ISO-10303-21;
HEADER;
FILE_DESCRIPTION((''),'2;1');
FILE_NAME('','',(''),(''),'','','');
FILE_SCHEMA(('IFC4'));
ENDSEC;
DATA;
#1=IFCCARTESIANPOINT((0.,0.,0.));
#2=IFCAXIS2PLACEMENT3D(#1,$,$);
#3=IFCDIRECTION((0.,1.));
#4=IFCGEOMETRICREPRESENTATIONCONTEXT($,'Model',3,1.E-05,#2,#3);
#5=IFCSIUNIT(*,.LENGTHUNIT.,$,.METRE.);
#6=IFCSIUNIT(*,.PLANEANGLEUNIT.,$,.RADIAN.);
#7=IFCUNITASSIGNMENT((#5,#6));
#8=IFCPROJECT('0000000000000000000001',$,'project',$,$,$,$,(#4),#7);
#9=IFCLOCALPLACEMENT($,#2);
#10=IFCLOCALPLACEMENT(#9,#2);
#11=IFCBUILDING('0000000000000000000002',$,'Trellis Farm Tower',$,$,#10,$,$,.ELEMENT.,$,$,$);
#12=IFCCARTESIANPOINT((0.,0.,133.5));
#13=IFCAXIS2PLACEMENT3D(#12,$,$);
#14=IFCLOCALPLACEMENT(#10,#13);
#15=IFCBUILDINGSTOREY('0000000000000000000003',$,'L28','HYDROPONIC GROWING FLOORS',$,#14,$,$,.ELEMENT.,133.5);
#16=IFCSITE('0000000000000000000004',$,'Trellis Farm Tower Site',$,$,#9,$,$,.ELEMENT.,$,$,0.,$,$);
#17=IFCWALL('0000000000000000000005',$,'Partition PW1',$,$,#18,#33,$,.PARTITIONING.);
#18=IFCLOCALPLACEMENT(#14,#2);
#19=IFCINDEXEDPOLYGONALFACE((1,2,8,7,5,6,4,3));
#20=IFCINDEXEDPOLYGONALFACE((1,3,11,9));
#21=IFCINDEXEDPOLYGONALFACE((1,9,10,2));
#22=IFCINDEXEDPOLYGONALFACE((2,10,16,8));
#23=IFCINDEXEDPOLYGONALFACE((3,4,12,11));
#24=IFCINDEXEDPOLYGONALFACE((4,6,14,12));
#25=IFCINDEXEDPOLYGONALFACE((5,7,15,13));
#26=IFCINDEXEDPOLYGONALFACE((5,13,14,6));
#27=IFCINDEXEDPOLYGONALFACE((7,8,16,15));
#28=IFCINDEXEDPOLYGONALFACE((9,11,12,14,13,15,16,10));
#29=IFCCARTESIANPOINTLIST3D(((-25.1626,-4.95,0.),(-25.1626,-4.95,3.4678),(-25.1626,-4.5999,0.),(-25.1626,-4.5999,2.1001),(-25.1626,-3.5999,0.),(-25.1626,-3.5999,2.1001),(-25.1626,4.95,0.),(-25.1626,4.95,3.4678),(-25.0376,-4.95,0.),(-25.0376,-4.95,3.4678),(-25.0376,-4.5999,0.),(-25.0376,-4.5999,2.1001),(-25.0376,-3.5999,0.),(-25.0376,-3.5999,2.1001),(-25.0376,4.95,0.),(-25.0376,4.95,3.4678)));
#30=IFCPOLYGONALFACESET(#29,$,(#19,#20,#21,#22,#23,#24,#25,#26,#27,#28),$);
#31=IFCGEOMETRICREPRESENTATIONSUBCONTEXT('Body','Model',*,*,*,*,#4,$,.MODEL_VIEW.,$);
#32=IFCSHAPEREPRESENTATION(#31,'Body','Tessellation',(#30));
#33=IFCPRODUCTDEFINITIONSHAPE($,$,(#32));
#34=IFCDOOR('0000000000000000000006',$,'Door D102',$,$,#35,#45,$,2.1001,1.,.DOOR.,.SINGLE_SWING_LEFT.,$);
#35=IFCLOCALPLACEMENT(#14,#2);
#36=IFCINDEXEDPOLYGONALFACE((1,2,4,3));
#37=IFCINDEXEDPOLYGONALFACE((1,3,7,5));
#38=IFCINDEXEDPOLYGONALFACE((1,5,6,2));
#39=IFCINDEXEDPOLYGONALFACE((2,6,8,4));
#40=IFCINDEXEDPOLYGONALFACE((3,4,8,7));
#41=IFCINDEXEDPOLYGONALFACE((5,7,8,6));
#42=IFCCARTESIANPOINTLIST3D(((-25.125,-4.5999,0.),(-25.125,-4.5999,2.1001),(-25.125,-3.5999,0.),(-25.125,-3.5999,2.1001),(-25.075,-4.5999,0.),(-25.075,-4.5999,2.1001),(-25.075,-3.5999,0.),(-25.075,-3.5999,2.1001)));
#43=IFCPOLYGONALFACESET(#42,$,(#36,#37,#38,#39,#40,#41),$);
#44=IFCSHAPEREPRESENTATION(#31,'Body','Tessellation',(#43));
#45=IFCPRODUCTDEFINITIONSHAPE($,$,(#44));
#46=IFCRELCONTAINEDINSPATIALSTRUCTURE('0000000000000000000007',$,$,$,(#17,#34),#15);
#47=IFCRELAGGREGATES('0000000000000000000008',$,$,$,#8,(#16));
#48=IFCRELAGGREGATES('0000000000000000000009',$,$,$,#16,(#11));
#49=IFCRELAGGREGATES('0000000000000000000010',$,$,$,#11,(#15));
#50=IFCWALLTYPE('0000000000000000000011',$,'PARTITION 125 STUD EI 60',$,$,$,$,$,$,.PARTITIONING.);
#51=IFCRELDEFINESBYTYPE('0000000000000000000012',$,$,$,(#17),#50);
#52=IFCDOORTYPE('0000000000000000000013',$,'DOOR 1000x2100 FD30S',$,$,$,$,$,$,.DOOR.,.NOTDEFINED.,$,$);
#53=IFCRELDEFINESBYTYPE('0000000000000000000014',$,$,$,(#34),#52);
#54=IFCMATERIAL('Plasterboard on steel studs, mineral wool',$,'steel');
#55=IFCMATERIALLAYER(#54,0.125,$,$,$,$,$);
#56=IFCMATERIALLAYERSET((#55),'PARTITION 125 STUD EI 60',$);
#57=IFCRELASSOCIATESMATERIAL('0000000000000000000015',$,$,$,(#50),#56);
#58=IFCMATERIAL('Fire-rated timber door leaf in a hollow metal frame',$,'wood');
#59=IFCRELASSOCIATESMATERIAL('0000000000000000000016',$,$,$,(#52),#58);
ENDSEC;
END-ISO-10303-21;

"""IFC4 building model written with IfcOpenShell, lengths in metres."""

from ifc_helpers import new_model, si_unit, direction, frame, frame_2d, origin, place, context, subcontext, project, spatial, rectangle, extrude, source, transform, mapped, material, layer, layer_set, type_object, element, fill, save


model = new_model("IFC4")

# Units and contexts
model_context = context("Model", 3, precision=1e-05, world=origin(), true_north=direction((0.0, 1.0)))
body_context = subcontext(model_context, "Body", "Model", "MODEL_VIEW")
ifc_project = project(units=[si_unit("LENGTHUNIT", "METRE"), si_unit("PLANEANGLEUNIT", "RADIAN")], contexts=[model_context])

# Site, building, storey
site_placement = place(None, origin())
site = spatial("IfcSite", under=ifc_project, at=site_placement, Name="Trellis Farm Tower Site", CompositionType="ELEMENT", RefElevation=0.0)
building_placement = place(site_placement, origin())
building = spatial("IfcBuilding", under=site, at=building_placement, Name="Trellis Farm Tower", CompositionType="ELEMENT")
storey_placement = place(building_placement, frame((0.0, 0.0, 133.5)))
storey = spatial("IfcBuildingStorey", under=building, at=storey_placement, Name="L28", Description="HYDROPONIC GROWING FLOORS", CompositionType="ELEMENT", Elevation=133.5)

# Wall, opening, door
ifc_material_1 = material(Name="Plasterboard on steel studs, mineral wool", Category="steel")
ifc_layer_1 = layer(ifc_material_1, 0.125)
ifc_layer_set_1 = layer_set([ifc_layer_1], Name="PARTITION 125 STUD EI 60")
wall_type_1 = type_object("IfcWallType", Name="PARTITION 125 STUD EI 60", PredefinedType="PARTITIONING", material=ifc_layer_set_1)
shared_shape_1 = source(origin(), body_context, "Body", "SweptSolid", [
    extrude(rectangle(XDim=9.8999, YDim=0.125, at=frame_2d((4.95, 0.0))), origin(), (0.0, 0.0, 1.0), 3.4678),
])
wall_1_placement = place(storey_placement, frame((-25.1001, -4.95, 0.0), z_axis=(0.0, 0.0, 1.0), x_axis=(0.0, 1.0, 0.0)))
wall_1 = element("IfcWall", 1, at=wall_1_placement, inside=storey, type_object=wall_type_1, Name="Partition PW1", PredefinedType="PARTITIONING", context=body_context, shape_type="MappedRepresentation", body=[
    mapped(shared_shape_1, transform((0.0, 0.0, 0.0))),
])
shared_shape_2 = source(origin(), body_context, "Body", "SweptSolid", [
    extrude(rectangle(XDim=1.0, YDim=2.1001, at=frame_2d((0.5, 1.05))), frame((0.0, 0.0725, 0.0), z_axis=(0.0, -1.0, 0.0), x_axis=(1.0, 0.0, 0.0)), (0.0, 0.0, 1.0), 0.145),
])
opening_1_placement = place(wall_1_placement, frame((0.3501, 0.0, 0.0)))
opening_1 = element("IfcOpeningElement", 2, at=opening_1_placement, cuts=wall_1, PredefinedType="OPENING", context=body_context, shape_type="MappedRepresentation", body=[
    mapped(shared_shape_2, transform((0.0, 0.0, 0.0))),
])
ifc_material_2 = material(Name="Fire-rated timber door leaf in a hollow metal frame", Category="wood")
door_type_1 = type_object("IfcDoorType", Name="DOOR 1000x2100 FD30S", OperationType="NOTDEFINED", PredefinedType="DOOR", material=ifc_material_2)
shared_shape_3 = source(origin(), body_context, "Body", "SweptSolid", [
    extrude(rectangle(XDim=1.0, YDim=2.1001, at=frame_2d((0.5, 1.05))), frame((0.0, 0.0249, 0.0), z_axis=(0.0, -1.0, 0.0), x_axis=(1.0, 0.0, 0.0)), (0.0, 0.0, 1.0), 0.05),
])
door_1_placement = place(opening_1_placement, origin())
door_1 = element("IfcDoor", 3, at=door_1_placement, inside=storey, type_object=door_type_1, Name="Door D102", OperationType="SINGLE_SWING_LEFT", OverallHeight=2.1001, OverallWidth=1.0, PredefinedType="DOOR", context=body_context, shape_type="MappedRepresentation", body=[
    mapped(shared_shape_3, transform((0.0, 0.0, 0.0))),
])
fill(opening_1, door_1)

save(model, "model.ifc")
